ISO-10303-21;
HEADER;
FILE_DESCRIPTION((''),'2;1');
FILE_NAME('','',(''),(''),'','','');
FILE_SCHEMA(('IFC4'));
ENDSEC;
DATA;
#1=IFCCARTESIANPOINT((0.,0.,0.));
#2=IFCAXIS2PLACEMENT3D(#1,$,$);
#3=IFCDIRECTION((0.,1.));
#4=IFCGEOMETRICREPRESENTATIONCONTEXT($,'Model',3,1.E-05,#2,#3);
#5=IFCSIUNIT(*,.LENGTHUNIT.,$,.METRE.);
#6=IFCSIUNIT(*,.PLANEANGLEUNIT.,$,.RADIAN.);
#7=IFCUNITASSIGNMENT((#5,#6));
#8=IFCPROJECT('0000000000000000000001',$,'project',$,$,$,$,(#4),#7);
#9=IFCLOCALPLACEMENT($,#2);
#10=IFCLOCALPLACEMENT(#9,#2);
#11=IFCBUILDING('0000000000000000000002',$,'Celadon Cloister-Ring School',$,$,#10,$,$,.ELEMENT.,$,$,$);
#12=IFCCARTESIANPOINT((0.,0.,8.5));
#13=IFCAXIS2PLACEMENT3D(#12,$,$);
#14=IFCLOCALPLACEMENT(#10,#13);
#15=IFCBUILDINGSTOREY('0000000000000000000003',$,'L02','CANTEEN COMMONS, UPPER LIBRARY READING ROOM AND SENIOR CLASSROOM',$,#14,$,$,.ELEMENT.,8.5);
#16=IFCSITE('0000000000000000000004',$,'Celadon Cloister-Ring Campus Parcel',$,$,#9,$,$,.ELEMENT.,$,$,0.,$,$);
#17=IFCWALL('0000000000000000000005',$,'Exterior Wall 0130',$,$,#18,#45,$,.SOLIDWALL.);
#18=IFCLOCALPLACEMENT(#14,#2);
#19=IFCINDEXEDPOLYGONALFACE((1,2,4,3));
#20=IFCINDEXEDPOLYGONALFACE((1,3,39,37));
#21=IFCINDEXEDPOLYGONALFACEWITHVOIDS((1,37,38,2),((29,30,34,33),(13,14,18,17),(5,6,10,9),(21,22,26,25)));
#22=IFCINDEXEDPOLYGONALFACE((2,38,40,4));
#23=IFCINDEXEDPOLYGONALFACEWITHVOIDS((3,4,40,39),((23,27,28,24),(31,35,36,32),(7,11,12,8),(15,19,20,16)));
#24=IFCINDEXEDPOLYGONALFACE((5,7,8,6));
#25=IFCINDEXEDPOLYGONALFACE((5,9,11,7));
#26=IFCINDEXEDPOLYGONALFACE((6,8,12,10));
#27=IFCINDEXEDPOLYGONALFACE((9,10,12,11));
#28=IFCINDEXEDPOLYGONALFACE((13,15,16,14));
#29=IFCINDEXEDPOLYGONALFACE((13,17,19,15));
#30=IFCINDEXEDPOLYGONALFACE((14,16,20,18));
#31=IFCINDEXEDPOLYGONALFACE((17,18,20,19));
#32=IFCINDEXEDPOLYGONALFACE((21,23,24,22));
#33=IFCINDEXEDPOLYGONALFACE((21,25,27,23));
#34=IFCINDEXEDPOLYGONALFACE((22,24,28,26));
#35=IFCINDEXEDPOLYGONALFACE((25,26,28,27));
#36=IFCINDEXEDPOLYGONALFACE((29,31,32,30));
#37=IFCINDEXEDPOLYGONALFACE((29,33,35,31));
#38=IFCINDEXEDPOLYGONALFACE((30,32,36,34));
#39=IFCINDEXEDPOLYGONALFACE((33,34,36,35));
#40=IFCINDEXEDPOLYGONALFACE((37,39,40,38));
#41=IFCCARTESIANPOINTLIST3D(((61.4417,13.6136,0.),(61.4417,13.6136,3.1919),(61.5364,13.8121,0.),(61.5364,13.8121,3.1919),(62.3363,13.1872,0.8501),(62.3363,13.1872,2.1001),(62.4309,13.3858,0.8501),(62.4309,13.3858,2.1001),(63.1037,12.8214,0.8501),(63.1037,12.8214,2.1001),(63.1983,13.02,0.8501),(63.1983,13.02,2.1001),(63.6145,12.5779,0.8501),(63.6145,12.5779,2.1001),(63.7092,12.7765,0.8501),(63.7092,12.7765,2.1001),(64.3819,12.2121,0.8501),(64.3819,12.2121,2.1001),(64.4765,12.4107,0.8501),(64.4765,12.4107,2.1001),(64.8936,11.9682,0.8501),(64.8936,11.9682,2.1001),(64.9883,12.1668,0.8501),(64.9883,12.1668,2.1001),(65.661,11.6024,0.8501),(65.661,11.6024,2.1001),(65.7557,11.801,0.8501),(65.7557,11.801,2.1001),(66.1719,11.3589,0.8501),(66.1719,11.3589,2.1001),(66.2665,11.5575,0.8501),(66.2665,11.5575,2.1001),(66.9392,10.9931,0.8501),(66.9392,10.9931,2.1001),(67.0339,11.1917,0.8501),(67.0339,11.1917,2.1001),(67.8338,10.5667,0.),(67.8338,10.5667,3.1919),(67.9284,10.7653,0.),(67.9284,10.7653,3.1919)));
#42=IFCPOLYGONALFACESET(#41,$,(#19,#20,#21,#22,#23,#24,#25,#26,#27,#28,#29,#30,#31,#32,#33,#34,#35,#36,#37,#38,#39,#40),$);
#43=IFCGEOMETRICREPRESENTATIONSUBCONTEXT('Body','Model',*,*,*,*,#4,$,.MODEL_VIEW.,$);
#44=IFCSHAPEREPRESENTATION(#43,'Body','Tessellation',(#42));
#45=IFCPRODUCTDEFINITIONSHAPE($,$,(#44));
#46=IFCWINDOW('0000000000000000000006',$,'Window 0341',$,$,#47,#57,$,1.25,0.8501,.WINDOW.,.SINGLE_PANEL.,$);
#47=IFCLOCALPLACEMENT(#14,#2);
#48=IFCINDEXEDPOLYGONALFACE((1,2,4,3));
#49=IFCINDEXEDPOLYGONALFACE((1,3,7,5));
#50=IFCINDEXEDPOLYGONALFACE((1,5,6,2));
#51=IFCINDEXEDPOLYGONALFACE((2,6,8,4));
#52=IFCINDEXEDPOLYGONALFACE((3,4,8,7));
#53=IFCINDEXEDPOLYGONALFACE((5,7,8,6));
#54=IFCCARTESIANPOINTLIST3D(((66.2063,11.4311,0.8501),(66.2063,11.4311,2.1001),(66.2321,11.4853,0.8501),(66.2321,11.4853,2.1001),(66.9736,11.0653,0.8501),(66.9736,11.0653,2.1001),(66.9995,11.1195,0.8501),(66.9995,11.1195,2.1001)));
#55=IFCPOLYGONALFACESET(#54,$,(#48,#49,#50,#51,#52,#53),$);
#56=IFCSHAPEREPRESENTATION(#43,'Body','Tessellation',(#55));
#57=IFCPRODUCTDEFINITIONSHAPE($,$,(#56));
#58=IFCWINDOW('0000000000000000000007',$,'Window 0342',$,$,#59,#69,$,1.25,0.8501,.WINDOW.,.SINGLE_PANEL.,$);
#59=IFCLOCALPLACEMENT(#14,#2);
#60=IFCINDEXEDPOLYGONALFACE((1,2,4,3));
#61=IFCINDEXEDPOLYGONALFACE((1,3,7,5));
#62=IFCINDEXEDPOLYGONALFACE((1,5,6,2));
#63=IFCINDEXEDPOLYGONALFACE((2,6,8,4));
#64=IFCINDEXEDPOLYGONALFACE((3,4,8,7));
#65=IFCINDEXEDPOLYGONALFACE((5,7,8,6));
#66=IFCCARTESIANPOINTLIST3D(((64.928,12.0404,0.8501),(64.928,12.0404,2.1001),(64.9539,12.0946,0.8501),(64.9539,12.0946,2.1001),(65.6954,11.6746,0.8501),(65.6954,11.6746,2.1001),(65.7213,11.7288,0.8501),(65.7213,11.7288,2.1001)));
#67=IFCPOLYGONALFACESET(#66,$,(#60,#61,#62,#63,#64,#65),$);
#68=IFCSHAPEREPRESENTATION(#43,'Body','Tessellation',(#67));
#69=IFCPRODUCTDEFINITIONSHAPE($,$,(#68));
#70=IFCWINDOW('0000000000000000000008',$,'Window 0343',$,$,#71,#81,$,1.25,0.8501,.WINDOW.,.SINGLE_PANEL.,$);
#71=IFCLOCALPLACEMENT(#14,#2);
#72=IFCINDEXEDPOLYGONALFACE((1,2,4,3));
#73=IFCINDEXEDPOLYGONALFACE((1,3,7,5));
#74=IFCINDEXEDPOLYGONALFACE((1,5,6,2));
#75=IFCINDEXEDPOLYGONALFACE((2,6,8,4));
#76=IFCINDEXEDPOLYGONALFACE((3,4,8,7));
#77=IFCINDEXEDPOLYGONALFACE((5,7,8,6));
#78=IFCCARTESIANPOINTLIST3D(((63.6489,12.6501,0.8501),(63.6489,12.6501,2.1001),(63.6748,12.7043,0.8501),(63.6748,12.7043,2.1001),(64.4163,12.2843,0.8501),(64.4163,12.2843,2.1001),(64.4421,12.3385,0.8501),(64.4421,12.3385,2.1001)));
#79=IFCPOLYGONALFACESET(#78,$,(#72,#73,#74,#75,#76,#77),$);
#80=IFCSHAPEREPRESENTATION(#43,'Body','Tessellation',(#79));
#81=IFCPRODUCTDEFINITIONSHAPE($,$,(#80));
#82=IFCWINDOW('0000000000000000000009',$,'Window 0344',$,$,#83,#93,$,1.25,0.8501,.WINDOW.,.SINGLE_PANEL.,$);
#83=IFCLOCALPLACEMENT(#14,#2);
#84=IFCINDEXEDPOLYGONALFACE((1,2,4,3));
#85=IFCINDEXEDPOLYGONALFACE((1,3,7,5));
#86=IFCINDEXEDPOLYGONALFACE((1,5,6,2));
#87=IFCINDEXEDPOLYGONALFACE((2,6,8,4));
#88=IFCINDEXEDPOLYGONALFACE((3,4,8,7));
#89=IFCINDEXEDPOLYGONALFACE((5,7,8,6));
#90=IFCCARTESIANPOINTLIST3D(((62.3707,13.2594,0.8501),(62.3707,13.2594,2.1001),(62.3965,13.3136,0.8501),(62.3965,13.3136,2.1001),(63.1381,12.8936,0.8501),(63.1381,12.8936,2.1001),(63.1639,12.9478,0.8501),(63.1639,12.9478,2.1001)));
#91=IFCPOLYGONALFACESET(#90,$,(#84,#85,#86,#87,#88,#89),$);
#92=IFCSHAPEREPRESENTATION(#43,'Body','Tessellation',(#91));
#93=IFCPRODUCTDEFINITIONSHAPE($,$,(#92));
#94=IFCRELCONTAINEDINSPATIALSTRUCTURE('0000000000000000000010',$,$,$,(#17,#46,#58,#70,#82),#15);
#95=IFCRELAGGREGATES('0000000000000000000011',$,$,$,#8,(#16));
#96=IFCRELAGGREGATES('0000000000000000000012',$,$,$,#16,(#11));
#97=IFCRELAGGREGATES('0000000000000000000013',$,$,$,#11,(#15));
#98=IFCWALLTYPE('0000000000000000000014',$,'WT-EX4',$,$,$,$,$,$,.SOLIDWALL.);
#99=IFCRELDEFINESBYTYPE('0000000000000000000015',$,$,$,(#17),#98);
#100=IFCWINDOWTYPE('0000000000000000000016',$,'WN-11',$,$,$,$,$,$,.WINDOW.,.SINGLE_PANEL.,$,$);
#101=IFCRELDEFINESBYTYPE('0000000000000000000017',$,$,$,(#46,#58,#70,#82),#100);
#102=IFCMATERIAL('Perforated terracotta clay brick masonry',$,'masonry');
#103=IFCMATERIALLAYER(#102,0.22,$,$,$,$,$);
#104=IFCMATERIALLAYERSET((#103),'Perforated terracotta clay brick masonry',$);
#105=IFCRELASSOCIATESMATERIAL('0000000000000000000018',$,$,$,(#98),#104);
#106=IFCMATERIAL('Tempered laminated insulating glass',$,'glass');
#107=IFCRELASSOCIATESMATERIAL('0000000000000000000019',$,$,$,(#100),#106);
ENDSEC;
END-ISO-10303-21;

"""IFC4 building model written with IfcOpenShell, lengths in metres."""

from ifc_helpers import new_model, si_unit, direction, frame, frame_2d, origin, place, context, subcontext, project, spatial, rectangle, extrude, material, layer, layer_set, type_object, element, fill, save


model = new_model("IFC4")

# Units and contexts
model_context = context("Model", 3, precision=1e-05, world=origin(), true_north=direction((0.0, 1.0)))
body_context = subcontext(model_context, "Body", "Model", "MODEL_VIEW")
ifc_project = project(units=[si_unit("LENGTHUNIT", "METRE"), si_unit("PLANEANGLEUNIT", "RADIAN")], contexts=[model_context])

# Site, building, storey
site_placement = place(None, origin())
site = spatial("IfcSite", under=ifc_project, at=site_placement, Name="Celadon Cloister-Ring Campus Parcel", CompositionType="ELEMENT", RefElevation=0.0)
building_placement = place(site_placement, origin())
building = spatial("IfcBuilding", under=site, at=building_placement, Name="Celadon Cloister-Ring School", CompositionType="ELEMENT")
storey_placement = place(building_placement, frame((0.0, 0.0, 8.5)))
storey = spatial("IfcBuildingStorey", under=building, at=storey_placement, Name="L02", Description="CANTEEN COMMONS, UPPER LIBRARY READING ROOM AND SENIOR CLASSROOM", CompositionType="ELEMENT", Elevation=8.5)

# Wall, openings, windows
ifc_material_1 = material(Name="Perforated terracotta clay brick masonry", Category="masonry")
ifc_layer_1 = layer(ifc_material_1, 0.22)
ifc_layer_set_1 = layer_set([ifc_layer_1], Name="Perforated terracotta clay brick masonry")
wall_type_1 = type_object("IfcWallType", Name="WT-EX4", PredefinedType="SOLIDWALL", material=ifc_layer_set_1)
wall_1_placement = place(storey_placement, frame((67.8811, 10.666, 0.0), z_axis=(0.0, 0.0, 1.0), x_axis=(-0.902695, 0.430282, 0.0)))
wall_1 = element("IfcWall", 1, at=wall_1_placement, inside=storey, type_object=wall_type_1, Name="Exterior Wall 0130", PredefinedType="SOLIDWALL", context=body_context, shape_type="SweptSolid", body=[
    extrude(rectangle(XDim=7.0811, YDim=0.22, at=frame_2d((3.5405, 0.0))), origin(), (0.0, 0.0, 1.0), 3.1919),
])
opening_1_placement = place(wall_1_placement, frame((0.991, 0.0, 0.8501)))
opening_1 = element("IfcOpeningElement", 2, at=opening_1_placement, cuts=wall_1, PredefinedType="OPENING", context=body_context, shape_type="SweptSolid", body=[
    extrude(rectangle(XDim=0.8501, YDim=1.25, at=frame_2d((0.425, 0.625))), frame((0.0, 0.1201, 0.0), z_axis=(0.0, -1.0, 0.0), x_axis=(1.0, 0.0, 0.0)), (0.0, 0.0, 1.0), 0.24),
])
opening_2_placement = place(wall_1_placement, frame((2.407, 0.0, 0.8501)))
opening_2 = element("IfcOpeningElement", 3, at=opening_2_placement, cuts=wall_1, PredefinedType="OPENING", context=body_context, shape_type="SweptSolid", body=[
    extrude(rectangle(XDim=0.8501, YDim=1.25, at=frame_2d((0.425, 0.625))), frame((0.0, 0.1201, 0.0), z_axis=(0.0, -1.0, 0.0), x_axis=(1.0, 0.0, 0.0)), (0.0, 0.0, 1.0), 0.24),
])
opening_3_placement = place(wall_1_placement, frame((3.824, 0.0, 0.8501)))
opening_3 = element("IfcOpeningElement", 4, at=opening_3_placement, cuts=wall_1, PredefinedType="OPENING", context=body_context, shape_type="SweptSolid", body=[
    extrude(rectangle(XDim=0.8501, YDim=1.25, at=frame_2d((0.425, 0.625))), frame((0.0, 0.1201, 0.0), z_axis=(0.0, -1.0, 0.0), x_axis=(1.0, 0.0, 0.0)), (0.0, 0.0, 1.0), 0.24),
])
opening_4_placement = place(wall_1_placement, frame((5.24, 0.0, 0.8501)))
opening_4 = element("IfcOpeningElement", 5, at=opening_4_placement, cuts=wall_1, PredefinedType="OPENING", context=body_context, shape_type="SweptSolid", body=[
    extrude(rectangle(XDim=0.8501, YDim=1.25, at=frame_2d((0.425, 0.625))), frame((0.0, 0.1201, 0.0), z_axis=(0.0, -1.0, 0.0), x_axis=(1.0, 0.0, 0.0)), (0.0, 0.0, 1.0), 0.24),
])
ifc_material_2 = material(Name="Tempered laminated insulating glass", Category="glass")
window_type = type_object("IfcWindowType", Name="WN-11", PartitioningType="SINGLE_PANEL", PredefinedType="WINDOW", material=ifc_material_2)
window_1_placement = place(opening_1_placement, origin())
window_1 = element("IfcWindow", 6, at=window_1_placement, inside=storey, type_object=window_type, Name="Window 0341", OverallHeight=1.25, OverallWidth=0.8501, PartitioningType="SINGLE_PANEL", PredefinedType="WINDOW", context=body_context, shape_type="SweptSolid", body=[
    extrude(rectangle(XDim=0.8501, YDim=1.25, at=frame_2d((0.425, 0.625))), frame((0.0, 0.03, 0.0), z_axis=(0.0, -1.0, 0.0), x_axis=(1.0, 0.0, 0.0)), (0.0, 0.0, 1.0), 0.0601),
])
fill(opening_1, window_1)
window_2_placement = place(opening_2_placement, origin())
window_2 = element("IfcWindow", 7, at=window_2_placement, inside=storey, type_object=window_type, Name="Window 0342", OverallHeight=1.25, OverallWidth=0.8501, PartitioningType="SINGLE_PANEL", PredefinedType="WINDOW", context=body_context, shape_type="SweptSolid", body=[
    extrude(rectangle(XDim=0.8501, YDim=1.25, at=frame_2d((0.425, 0.625))), frame((0.0, 0.03, 0.0), z_axis=(0.0, -1.0, 0.0), x_axis=(1.0, 0.0, 0.0)), (0.0, 0.0, 1.0), 0.0601),
])
fill(opening_2, window_2)
window_3_placement = place(opening_3_placement, origin())
window_3 = element("IfcWindow", 8, at=window_3_placement, inside=storey, type_object=window_type, Name="Window 0343", OverallHeight=1.25, OverallWidth=0.8501, PartitioningType="SINGLE_PANEL", PredefinedType="WINDOW", context=body_context, shape_type="SweptSolid", body=[
    extrude(rectangle(XDim=0.8501, YDim=1.25, at=frame_2d((0.425, 0.625))), frame((0.0, 0.03, 0.0), z_axis=(0.0, -1.0, 0.0), x_axis=(1.0, 0.0, 0.0)), (0.0, 0.0, 1.0), 0.0601),
])
fill(opening_3, window_3)
window_4_placement = place(opening_4_placement, origin())
window_4 = element("IfcWindow", 9, at=window_4_placement, inside=storey, type_object=window_type, Name="Window 0344", OverallHeight=1.25, OverallWidth=0.8501, PartitioningType="SINGLE_PANEL", PredefinedType="WINDOW", context=body_context, shape_type="SweptSolid", body=[
    extrude(rectangle(XDim=0.8501, YDim=1.25, at=frame_2d((0.425, 0.625))), frame((0.0, 0.03, 0.0), z_axis=(0.0, -1.0, 0.0), x_axis=(1.0, 0.0, 0.0)), (0.0, 0.0, 1.0), 0.0601),
])
fill(opening_4, window_4)

save(model, "model.ifc")
